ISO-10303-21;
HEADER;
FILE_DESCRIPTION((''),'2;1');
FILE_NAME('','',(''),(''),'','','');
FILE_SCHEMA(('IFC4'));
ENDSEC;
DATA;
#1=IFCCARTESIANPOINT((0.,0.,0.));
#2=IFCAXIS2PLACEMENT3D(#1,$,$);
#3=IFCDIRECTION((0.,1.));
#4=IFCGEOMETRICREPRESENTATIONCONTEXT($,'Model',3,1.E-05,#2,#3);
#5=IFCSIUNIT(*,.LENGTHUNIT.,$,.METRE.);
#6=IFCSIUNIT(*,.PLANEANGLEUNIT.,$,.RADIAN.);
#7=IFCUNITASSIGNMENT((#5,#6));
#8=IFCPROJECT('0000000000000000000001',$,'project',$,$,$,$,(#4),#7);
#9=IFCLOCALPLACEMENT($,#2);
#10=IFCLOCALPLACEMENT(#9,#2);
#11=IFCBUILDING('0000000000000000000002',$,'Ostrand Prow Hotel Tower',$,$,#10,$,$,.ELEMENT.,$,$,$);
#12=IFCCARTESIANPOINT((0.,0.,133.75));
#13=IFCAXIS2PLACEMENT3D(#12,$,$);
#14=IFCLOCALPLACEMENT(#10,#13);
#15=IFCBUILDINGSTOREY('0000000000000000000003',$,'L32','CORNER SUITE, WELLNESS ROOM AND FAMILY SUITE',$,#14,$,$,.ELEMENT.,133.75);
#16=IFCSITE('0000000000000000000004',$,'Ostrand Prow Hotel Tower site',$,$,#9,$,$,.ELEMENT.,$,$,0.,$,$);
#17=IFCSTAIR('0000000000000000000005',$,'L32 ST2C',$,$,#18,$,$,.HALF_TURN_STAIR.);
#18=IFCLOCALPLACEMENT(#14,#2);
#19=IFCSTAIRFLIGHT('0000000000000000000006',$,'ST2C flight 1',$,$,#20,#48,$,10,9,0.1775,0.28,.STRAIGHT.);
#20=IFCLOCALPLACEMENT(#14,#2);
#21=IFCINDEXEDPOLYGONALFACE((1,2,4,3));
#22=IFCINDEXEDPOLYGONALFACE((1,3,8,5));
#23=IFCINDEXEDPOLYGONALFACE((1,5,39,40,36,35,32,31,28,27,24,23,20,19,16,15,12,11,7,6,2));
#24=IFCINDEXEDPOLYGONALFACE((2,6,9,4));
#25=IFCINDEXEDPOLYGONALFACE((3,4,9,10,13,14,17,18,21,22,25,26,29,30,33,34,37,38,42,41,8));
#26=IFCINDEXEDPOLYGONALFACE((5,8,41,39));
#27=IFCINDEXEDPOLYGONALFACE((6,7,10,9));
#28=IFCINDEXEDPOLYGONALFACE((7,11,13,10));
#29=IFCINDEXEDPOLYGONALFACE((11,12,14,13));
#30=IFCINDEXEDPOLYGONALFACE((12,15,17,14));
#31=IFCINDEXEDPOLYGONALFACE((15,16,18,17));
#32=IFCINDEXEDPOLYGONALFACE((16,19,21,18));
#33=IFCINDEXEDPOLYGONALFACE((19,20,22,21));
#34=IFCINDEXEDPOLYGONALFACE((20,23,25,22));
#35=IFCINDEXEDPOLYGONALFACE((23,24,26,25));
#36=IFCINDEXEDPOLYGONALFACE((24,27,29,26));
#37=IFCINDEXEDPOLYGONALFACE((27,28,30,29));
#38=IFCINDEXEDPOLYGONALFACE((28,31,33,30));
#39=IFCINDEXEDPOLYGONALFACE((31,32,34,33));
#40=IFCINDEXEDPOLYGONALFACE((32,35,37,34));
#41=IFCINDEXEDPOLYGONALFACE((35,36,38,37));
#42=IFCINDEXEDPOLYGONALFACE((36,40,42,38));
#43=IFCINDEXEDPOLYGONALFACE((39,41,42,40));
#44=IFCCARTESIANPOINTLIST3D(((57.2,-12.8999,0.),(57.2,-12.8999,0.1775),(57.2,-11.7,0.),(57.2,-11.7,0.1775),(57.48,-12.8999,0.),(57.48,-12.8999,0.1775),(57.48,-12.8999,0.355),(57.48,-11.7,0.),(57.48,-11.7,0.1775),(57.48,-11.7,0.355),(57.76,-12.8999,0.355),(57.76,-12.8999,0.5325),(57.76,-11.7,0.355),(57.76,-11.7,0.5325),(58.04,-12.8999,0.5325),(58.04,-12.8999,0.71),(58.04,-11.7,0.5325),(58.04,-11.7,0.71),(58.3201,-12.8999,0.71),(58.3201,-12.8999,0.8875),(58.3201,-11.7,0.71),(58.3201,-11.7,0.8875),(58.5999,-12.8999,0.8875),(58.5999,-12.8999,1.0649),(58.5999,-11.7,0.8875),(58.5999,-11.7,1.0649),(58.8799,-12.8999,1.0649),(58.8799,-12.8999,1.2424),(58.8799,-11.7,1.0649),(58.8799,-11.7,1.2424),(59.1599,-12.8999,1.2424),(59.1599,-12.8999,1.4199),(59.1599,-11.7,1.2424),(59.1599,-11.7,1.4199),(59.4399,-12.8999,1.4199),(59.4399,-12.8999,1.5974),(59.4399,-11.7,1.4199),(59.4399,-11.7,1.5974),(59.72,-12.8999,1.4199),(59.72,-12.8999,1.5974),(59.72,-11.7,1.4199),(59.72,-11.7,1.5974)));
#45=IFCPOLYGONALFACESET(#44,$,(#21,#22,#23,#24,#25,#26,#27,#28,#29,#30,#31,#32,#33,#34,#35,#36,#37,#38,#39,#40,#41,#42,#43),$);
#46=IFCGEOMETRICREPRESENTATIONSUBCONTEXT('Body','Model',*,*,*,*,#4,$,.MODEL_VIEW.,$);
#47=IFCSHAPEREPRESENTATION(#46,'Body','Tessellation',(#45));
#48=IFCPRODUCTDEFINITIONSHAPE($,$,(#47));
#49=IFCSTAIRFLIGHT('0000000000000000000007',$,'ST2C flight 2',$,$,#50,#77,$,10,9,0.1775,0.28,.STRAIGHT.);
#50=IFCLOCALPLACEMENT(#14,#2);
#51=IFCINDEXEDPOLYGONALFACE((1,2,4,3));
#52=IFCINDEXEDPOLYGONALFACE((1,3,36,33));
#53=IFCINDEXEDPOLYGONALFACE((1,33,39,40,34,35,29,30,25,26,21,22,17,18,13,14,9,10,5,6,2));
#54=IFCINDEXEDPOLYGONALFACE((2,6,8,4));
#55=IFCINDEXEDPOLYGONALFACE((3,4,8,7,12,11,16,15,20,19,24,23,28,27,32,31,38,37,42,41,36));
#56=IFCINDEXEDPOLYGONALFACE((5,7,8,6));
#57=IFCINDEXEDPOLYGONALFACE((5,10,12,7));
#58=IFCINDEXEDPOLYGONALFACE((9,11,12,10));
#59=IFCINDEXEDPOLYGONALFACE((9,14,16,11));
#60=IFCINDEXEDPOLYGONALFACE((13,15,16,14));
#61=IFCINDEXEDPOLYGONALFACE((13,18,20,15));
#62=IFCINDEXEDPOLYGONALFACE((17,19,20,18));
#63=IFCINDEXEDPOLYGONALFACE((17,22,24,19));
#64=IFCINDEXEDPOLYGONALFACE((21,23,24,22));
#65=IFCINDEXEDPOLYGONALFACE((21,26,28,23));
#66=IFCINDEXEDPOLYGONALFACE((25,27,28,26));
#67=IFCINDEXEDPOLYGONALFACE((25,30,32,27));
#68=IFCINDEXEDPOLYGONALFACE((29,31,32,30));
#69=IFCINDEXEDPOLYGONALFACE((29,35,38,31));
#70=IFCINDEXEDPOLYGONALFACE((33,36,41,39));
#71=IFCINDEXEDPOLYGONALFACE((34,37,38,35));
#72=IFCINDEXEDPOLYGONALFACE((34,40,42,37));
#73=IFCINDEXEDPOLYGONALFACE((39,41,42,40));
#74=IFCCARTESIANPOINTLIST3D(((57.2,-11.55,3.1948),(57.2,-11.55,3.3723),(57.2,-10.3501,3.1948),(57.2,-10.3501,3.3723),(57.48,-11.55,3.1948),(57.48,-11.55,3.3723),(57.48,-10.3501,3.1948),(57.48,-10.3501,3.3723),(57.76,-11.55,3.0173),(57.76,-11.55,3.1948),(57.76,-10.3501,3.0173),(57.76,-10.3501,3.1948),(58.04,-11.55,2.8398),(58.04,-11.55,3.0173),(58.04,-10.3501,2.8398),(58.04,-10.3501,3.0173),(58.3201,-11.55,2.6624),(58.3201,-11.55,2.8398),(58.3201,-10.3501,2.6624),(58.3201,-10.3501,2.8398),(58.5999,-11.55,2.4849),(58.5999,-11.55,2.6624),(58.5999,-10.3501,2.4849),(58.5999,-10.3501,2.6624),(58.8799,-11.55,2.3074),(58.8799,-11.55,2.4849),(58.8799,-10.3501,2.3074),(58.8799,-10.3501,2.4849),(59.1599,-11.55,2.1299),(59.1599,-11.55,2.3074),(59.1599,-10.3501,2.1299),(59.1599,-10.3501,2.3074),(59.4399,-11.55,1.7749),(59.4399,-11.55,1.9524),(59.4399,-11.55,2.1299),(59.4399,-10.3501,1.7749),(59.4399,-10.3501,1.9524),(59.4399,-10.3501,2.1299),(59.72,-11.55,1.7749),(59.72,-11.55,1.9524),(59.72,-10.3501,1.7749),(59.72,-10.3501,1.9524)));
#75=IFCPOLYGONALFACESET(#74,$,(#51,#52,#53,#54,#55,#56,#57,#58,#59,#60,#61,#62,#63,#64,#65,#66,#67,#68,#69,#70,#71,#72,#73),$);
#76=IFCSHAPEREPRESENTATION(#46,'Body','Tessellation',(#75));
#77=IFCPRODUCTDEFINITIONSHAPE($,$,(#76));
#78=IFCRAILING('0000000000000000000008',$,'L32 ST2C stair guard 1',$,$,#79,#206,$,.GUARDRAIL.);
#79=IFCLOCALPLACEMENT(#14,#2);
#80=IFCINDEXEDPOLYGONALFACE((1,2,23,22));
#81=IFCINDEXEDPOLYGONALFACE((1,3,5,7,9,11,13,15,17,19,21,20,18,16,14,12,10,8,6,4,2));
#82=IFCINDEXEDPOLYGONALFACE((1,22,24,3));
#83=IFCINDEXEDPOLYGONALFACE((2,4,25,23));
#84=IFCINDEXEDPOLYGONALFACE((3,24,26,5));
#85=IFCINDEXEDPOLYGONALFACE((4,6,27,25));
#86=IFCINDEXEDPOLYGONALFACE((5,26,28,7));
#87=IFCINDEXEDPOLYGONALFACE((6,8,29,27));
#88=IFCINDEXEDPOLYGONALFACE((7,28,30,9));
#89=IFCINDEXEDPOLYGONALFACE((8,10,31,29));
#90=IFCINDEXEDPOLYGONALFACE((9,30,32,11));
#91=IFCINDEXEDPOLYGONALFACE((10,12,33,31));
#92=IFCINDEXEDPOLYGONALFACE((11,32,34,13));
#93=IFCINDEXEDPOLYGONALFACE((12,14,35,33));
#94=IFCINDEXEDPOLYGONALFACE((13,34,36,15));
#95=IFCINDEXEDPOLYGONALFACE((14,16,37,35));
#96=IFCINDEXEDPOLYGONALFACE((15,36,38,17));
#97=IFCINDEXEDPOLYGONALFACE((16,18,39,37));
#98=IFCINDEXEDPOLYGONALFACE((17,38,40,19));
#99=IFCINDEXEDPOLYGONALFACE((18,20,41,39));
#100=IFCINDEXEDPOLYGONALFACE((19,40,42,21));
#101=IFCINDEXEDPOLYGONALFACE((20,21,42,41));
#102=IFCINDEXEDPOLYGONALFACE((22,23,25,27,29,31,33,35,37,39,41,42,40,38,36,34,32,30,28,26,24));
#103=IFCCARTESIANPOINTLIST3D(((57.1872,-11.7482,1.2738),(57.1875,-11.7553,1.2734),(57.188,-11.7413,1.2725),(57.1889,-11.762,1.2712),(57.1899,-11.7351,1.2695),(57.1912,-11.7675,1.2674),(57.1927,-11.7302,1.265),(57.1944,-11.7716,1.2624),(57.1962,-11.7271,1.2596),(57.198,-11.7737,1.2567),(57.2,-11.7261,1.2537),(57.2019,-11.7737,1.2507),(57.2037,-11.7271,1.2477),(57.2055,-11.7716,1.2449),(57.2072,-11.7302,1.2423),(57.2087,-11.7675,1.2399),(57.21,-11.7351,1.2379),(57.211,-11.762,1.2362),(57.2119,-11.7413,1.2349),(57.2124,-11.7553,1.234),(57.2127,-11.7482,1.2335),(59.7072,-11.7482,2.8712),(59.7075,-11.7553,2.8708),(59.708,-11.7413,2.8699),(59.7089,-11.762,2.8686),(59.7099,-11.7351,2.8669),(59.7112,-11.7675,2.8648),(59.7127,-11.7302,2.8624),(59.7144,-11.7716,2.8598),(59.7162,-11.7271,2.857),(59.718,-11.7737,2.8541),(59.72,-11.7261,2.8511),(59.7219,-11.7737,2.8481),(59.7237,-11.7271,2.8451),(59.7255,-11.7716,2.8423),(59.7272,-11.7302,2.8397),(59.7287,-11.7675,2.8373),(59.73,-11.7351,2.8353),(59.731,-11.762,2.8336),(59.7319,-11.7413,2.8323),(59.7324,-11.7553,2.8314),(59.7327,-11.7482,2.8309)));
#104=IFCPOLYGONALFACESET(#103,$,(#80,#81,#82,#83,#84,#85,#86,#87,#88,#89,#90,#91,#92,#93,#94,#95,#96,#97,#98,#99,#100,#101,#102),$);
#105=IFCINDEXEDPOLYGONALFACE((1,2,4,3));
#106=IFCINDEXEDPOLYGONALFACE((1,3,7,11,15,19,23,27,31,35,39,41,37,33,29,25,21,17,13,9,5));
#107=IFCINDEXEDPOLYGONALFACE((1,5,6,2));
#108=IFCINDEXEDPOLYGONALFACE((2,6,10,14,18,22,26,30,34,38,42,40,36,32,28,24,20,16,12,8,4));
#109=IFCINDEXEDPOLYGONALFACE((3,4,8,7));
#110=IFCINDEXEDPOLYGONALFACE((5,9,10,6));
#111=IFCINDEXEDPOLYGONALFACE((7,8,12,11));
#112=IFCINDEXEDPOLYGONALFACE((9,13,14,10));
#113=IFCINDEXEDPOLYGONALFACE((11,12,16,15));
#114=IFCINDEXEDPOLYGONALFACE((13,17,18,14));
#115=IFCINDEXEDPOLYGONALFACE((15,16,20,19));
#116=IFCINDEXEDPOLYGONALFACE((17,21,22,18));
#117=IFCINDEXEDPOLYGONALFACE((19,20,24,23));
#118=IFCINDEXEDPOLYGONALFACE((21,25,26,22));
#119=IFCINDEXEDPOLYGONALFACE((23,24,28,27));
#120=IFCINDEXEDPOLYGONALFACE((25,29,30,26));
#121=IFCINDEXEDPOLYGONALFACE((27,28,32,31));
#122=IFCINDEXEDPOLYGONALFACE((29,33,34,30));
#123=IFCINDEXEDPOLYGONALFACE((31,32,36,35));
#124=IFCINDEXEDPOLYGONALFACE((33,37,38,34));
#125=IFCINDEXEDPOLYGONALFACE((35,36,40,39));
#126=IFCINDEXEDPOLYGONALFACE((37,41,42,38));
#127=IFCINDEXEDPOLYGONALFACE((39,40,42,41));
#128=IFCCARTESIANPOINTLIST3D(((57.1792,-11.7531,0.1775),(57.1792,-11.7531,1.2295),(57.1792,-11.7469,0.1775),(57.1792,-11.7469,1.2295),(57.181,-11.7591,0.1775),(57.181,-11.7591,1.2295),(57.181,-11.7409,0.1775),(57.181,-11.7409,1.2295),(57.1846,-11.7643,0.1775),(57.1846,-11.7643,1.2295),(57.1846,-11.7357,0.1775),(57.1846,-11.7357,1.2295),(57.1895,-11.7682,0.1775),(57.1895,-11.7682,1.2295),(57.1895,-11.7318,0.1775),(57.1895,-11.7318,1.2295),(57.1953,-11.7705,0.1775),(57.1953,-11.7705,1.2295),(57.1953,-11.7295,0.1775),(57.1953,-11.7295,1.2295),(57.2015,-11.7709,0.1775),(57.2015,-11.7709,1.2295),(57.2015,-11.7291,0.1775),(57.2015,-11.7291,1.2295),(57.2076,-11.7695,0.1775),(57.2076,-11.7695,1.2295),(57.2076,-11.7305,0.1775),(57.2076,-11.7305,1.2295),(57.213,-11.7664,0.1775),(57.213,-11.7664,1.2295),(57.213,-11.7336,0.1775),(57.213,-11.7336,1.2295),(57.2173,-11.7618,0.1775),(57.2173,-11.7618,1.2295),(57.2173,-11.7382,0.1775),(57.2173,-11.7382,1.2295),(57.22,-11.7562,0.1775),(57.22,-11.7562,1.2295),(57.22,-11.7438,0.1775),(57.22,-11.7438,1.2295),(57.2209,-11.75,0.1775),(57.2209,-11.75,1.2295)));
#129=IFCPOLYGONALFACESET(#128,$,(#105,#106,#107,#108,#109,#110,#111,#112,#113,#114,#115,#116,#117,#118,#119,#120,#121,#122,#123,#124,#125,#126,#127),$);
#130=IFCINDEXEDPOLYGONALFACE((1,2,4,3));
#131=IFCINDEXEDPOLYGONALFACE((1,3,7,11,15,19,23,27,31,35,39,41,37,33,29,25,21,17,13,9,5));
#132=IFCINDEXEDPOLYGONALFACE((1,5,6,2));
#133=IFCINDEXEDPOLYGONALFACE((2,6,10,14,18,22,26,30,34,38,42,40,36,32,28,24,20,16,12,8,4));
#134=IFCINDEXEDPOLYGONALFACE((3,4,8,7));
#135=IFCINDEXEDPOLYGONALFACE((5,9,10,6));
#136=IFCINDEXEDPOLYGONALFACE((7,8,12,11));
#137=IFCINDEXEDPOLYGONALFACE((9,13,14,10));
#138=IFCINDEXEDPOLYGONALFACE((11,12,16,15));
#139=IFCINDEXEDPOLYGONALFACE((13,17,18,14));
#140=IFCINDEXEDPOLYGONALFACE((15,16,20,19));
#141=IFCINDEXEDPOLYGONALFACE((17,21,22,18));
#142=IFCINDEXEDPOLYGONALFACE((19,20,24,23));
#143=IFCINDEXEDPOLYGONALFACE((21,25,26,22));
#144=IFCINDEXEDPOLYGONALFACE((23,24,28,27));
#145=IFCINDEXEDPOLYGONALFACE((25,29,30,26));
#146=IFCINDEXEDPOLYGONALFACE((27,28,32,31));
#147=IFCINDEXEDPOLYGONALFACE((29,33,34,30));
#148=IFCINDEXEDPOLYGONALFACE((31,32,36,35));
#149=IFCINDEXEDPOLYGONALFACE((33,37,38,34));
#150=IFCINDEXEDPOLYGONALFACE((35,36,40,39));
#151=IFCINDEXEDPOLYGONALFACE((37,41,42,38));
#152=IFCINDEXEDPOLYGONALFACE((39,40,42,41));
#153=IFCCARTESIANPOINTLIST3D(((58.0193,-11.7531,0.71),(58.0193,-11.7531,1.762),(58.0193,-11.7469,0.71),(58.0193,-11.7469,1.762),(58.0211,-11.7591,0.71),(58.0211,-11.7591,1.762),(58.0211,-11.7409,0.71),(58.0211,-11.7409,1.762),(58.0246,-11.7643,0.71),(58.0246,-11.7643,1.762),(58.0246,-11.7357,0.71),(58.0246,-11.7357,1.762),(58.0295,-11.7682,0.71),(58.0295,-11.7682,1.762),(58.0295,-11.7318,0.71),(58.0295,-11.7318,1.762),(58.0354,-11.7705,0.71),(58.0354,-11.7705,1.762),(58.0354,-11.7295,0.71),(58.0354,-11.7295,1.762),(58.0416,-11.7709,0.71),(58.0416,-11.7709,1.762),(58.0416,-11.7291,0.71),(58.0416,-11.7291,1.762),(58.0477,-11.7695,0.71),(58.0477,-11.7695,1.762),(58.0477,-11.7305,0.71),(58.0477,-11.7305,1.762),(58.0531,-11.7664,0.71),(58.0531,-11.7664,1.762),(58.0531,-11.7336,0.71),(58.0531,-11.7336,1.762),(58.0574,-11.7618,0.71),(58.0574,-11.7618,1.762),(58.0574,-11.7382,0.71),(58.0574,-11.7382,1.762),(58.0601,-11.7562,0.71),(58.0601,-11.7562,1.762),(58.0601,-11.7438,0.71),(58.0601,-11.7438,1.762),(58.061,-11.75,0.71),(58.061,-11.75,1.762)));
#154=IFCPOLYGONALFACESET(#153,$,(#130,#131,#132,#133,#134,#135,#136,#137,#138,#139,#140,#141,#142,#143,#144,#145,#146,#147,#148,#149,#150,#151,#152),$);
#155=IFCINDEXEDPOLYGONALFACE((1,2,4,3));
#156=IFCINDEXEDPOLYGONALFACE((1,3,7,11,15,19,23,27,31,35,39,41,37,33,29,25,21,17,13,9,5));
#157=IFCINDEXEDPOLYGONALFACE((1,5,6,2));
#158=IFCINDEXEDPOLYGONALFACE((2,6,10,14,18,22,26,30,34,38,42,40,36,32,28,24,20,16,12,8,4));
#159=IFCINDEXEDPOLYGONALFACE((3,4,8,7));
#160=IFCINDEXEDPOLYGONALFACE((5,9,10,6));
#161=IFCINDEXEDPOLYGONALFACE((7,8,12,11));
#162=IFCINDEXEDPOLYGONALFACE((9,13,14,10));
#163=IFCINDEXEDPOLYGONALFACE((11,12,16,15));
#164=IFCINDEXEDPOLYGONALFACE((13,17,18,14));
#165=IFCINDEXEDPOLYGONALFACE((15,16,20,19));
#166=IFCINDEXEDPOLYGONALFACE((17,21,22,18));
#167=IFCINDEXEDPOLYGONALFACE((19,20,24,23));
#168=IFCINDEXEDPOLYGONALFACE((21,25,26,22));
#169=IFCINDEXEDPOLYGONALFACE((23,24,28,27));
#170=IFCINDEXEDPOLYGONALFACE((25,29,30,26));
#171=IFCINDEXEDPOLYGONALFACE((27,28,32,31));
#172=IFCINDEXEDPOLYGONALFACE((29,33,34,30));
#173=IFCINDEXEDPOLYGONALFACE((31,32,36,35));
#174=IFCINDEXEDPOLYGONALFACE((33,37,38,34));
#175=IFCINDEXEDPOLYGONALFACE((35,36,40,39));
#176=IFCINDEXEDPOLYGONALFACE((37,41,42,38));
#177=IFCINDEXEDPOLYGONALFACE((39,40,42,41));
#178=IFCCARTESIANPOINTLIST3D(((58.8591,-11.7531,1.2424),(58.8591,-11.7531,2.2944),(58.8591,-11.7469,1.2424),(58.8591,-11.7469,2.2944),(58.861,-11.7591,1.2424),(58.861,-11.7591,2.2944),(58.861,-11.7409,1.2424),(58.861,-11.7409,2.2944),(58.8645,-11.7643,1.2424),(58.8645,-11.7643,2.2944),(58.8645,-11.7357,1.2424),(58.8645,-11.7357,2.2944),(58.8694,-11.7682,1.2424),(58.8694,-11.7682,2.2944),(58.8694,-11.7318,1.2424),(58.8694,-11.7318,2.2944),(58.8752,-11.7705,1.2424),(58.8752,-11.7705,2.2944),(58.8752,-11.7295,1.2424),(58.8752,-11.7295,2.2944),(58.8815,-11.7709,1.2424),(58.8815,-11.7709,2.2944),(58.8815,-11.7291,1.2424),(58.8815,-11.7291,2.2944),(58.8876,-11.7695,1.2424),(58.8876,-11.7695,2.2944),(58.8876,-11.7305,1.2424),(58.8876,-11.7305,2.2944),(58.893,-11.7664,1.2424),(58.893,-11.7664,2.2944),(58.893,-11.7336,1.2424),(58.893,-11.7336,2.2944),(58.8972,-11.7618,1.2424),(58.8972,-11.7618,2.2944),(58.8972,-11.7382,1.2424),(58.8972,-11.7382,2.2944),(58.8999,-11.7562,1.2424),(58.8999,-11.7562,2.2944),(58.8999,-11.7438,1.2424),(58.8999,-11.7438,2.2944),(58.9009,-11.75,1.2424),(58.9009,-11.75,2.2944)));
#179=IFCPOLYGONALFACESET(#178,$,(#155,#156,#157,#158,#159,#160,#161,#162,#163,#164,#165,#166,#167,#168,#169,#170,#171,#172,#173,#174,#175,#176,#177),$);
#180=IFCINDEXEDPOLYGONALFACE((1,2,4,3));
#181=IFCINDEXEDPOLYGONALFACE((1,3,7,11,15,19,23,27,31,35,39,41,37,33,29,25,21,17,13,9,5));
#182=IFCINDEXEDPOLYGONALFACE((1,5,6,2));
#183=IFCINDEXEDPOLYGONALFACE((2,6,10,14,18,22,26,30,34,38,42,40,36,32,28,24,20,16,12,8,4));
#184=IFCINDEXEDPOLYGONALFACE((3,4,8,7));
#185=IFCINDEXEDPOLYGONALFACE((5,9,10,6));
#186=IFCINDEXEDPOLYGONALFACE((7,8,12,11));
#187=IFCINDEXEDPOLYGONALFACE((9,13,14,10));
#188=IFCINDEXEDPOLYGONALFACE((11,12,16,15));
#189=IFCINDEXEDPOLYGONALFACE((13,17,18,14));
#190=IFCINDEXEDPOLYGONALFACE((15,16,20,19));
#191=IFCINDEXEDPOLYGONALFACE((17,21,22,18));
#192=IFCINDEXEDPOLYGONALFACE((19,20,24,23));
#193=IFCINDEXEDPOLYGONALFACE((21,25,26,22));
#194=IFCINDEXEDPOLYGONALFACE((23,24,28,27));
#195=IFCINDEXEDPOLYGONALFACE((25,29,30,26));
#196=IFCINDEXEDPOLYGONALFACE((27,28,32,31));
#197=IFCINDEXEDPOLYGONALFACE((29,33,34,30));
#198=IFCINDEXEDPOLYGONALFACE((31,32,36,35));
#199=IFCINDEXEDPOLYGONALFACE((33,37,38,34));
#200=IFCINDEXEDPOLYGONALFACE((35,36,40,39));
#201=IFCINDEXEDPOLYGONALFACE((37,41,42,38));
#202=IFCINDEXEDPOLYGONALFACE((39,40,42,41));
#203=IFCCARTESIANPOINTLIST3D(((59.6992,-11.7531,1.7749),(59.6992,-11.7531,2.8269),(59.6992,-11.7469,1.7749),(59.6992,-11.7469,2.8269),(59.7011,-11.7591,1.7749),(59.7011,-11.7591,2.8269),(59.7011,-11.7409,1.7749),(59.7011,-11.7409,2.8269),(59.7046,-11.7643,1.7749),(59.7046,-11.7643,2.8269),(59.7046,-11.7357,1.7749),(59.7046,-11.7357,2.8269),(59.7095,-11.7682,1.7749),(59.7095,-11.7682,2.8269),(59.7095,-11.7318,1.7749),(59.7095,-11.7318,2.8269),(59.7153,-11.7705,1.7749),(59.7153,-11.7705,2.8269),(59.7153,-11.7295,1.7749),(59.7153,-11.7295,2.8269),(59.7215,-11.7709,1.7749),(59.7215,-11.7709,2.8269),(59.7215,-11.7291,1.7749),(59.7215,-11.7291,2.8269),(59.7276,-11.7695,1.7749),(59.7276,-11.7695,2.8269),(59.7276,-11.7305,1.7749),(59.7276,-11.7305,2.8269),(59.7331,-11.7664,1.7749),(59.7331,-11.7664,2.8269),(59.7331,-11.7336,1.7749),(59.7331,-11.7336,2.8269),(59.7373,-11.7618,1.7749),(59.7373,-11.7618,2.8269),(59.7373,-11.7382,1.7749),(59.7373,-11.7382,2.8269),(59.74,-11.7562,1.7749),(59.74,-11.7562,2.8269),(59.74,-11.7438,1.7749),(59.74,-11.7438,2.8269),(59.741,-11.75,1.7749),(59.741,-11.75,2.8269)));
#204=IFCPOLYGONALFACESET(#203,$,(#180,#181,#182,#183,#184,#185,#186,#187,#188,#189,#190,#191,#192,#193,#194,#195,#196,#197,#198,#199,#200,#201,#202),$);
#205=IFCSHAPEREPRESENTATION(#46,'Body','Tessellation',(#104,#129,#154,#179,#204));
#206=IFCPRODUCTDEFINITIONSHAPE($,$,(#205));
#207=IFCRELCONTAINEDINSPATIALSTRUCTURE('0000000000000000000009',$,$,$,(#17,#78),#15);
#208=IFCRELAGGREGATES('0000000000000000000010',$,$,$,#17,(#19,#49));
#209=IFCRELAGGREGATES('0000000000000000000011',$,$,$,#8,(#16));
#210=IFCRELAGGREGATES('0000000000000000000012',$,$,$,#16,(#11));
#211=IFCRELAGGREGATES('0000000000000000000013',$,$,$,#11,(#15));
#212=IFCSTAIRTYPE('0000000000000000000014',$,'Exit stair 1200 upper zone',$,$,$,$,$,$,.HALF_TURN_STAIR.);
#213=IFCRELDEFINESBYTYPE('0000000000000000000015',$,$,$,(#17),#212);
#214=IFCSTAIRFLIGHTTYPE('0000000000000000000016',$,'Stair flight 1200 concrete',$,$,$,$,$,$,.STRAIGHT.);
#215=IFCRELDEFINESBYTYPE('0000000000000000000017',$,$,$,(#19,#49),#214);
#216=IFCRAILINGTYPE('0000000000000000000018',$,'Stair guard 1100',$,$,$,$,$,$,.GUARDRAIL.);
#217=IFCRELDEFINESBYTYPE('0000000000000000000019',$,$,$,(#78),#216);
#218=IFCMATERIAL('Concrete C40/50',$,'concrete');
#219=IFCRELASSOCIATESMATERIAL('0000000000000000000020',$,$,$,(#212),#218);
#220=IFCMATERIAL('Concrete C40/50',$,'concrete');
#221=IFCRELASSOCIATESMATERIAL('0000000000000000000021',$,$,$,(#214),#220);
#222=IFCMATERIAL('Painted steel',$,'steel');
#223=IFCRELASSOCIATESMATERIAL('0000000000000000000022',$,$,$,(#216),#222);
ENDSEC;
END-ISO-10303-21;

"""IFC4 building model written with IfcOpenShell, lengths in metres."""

from ifc_helpers import new_model, si_unit, direction, frame, origin, origin_2d, place, context, subcontext, project, spatial, polyline, circle, outline, extrude, material, type_object, element, aggregate, save


model = new_model("IFC4")

# Units and contexts
model_context = context("Model", 3, precision=1e-05, world=origin(), true_north=direction((0.0, 1.0)))
body_context = subcontext(model_context, "Body", "Model", "MODEL_VIEW")
ifc_project = project(units=[si_unit("LENGTHUNIT", "METRE"), si_unit("PLANEANGLEUNIT", "RADIAN")], contexts=[model_context])

# Site, building, storey
site_placement = place(None, origin())
site = spatial("IfcSite", under=ifc_project, at=site_placement, Name="Ostrand Prow Hotel Tower site", CompositionType="ELEMENT", RefElevation=0.0)
building_placement = place(site_placement, origin())
building = spatial("IfcBuilding", under=site, at=building_placement, Name="Ostrand Prow Hotel Tower", CompositionType="ELEMENT")
storey_placement = place(building_placement, frame((0.0, 0.0, 133.75)))
storey = spatial("IfcBuildingStorey", under=building, at=storey_placement, Name="L32", Description="CORNER SUITE, WELLNESS ROOM AND FAMILY SUITE", CompositionType="ELEMENT", Elevation=133.75)

# Stair, stair flights
ifc_material_1 = material(Name="Concrete C40/50", Category="concrete")
stair_type = type_object("IfcStairType", Name="Exit stair 1200 upper zone", PredefinedType="HALF_TURN_STAIR", material=ifc_material_1)
stair_placement = place(storey_placement, origin())
stair = element("IfcStair", 1, at=stair_placement, inside=storey, type_object=stair_type, Name="L32 ST2C", PredefinedType="HALF_TURN_STAIR")
ifc_material_2 = material(Name="Concrete C40/50", Category="concrete")
stair_flight_type = type_object("IfcStairFlightType", Name="Stair flight 1200 concrete", PredefinedType="STRAIGHT", material=ifc_material_2)
stair_flight_1_placement = place(storey_placement, frame((57.2, -12.3, 0.0), z_axis=(0.0, 0.0, 1.0), x_axis=(1.0, 0.0, 0.0)))
stair_flight_1 = element("IfcStairFlight", 2, at=stair_flight_1_placement, type_object=stair_flight_type, Name="ST2C flight 1", NumberOfRisers=10, NumberOfTreads=9, PredefinedType="STRAIGHT", RiserHeight=0.1775, TreadLength=0.28, context=body_context, shape_type="SweptSolid", body=[
    extrude(outline(polyline([(0.0, 0.0), (0.0, 0.1775), (0.28, 0.1775), (0.28, 0.355), (0.5601, 0.355), (0.5601, 0.5325), (0.8401, 0.5325), (0.8401, 0.71), (1.1201, 0.71), (1.1201, 0.8875), (1.3999, 0.8875), (1.3999, 1.0649), (1.6799, 1.0649), (1.6799, 1.2424), (1.96, 1.2424), (1.96, 1.4199), (2.24, 1.4199), (2.24, 1.5974), (2.52, 1.5974), (2.52, 1.7749), (2.52, 1.4199), (0.28, 0.0), (0.0, 0.0)])), frame((0.0, 0.6001, 0.0), z_axis=(0.0, -1.0, 0.0), x_axis=(1.0, 0.0, 0.0)), (0.0, 0.0, 1.0), 1.2),
])
stair_flight_2_placement = place(storey_placement, frame((59.72, -10.95, 1.7749), z_axis=(0.0, 0.0, 1.0), x_axis=(-1.0, 0.0, 0.0)))
stair_flight_2 = element("IfcStairFlight", 3, at=stair_flight_2_placement, type_object=stair_flight_type, Name="ST2C flight 2", NumberOfRisers=10, NumberOfTreads=9, PredefinedType="STRAIGHT", RiserHeight=0.1775, TreadLength=0.28, context=body_context, shape_type="SweptSolid", body=[
    extrude(outline(polyline([(0.0, 0.0), (0.0, 0.1775), (0.28, 0.1775), (0.28, 0.355), (0.5601, 0.355), (0.5601, 0.5325), (0.8401, 0.5325), (0.8401, 0.71), (1.1201, 0.71), (1.1201, 0.8875), (1.3999, 0.8875), (1.3999, 1.0649), (1.6799, 1.0649), (1.6799, 1.2424), (1.96, 1.2424), (1.96, 1.4199), (2.24, 1.4199), (2.24, 1.5974), (2.52, 1.5974), (2.52, 1.7749), (2.52, 1.4199), (0.28, 0.0), (0.0, 0.0)])), frame((0.0, 0.6001, 0.0), z_axis=(0.0, -1.0, 0.0), x_axis=(1.0, 0.0, 0.0)), (0.0, 0.0, 1.0), 1.2),
])
aggregate(stair, [stair_flight_1, stair_flight_2])

# Railing
ifc_material_3 = material(Name="Painted steel", Category="steel")
railing_type_1 = type_object("IfcRailingType", Name="Stair guard 1100", PredefinedType="GUARDRAIL", material=ifc_material_3)
railing_1_placement = place(storey_placement, frame((57.2, -11.75, 0.1775)))
element("IfcRailing", 4, at=railing_1_placement, inside=storey, type_object=railing_type_1, Name="L32 ST2C stair guard 1", PredefinedType="GUARDRAIL", context=body_context, shape_type="SweptSolid", body=[
    extrude(circle(Radius=0.0239, at=origin_2d()), frame((0.0, 0.0, 1.0762), z_axis=(0.844607, 0.0, 0.535387), x_axis=(0.0, 1.0, 0.0)), (0.0, 0.0, 1.0), 2.9836),
    extrude(circle(Radius=0.021, at=origin_2d()), origin(), (0.0, 0.0, 1.0), 1.052),
    extrude(circle(Radius=0.021, at=origin_2d()), frame((0.8401, 0.0, 0.5325)), (0.0, 0.0, 1.0), 1.052),
    extrude(circle(Radius=0.021, at=origin_2d()), frame((1.6799, 0.0, 1.0649)), (0.0, 0.0, 1.0), 1.052),
    extrude(circle(Radius=0.021, at=origin_2d()), frame((2.52, 0.0, 1.5974)), (0.0, 0.0, 1.0), 1.052),
])

save(model, "model.ifc")
